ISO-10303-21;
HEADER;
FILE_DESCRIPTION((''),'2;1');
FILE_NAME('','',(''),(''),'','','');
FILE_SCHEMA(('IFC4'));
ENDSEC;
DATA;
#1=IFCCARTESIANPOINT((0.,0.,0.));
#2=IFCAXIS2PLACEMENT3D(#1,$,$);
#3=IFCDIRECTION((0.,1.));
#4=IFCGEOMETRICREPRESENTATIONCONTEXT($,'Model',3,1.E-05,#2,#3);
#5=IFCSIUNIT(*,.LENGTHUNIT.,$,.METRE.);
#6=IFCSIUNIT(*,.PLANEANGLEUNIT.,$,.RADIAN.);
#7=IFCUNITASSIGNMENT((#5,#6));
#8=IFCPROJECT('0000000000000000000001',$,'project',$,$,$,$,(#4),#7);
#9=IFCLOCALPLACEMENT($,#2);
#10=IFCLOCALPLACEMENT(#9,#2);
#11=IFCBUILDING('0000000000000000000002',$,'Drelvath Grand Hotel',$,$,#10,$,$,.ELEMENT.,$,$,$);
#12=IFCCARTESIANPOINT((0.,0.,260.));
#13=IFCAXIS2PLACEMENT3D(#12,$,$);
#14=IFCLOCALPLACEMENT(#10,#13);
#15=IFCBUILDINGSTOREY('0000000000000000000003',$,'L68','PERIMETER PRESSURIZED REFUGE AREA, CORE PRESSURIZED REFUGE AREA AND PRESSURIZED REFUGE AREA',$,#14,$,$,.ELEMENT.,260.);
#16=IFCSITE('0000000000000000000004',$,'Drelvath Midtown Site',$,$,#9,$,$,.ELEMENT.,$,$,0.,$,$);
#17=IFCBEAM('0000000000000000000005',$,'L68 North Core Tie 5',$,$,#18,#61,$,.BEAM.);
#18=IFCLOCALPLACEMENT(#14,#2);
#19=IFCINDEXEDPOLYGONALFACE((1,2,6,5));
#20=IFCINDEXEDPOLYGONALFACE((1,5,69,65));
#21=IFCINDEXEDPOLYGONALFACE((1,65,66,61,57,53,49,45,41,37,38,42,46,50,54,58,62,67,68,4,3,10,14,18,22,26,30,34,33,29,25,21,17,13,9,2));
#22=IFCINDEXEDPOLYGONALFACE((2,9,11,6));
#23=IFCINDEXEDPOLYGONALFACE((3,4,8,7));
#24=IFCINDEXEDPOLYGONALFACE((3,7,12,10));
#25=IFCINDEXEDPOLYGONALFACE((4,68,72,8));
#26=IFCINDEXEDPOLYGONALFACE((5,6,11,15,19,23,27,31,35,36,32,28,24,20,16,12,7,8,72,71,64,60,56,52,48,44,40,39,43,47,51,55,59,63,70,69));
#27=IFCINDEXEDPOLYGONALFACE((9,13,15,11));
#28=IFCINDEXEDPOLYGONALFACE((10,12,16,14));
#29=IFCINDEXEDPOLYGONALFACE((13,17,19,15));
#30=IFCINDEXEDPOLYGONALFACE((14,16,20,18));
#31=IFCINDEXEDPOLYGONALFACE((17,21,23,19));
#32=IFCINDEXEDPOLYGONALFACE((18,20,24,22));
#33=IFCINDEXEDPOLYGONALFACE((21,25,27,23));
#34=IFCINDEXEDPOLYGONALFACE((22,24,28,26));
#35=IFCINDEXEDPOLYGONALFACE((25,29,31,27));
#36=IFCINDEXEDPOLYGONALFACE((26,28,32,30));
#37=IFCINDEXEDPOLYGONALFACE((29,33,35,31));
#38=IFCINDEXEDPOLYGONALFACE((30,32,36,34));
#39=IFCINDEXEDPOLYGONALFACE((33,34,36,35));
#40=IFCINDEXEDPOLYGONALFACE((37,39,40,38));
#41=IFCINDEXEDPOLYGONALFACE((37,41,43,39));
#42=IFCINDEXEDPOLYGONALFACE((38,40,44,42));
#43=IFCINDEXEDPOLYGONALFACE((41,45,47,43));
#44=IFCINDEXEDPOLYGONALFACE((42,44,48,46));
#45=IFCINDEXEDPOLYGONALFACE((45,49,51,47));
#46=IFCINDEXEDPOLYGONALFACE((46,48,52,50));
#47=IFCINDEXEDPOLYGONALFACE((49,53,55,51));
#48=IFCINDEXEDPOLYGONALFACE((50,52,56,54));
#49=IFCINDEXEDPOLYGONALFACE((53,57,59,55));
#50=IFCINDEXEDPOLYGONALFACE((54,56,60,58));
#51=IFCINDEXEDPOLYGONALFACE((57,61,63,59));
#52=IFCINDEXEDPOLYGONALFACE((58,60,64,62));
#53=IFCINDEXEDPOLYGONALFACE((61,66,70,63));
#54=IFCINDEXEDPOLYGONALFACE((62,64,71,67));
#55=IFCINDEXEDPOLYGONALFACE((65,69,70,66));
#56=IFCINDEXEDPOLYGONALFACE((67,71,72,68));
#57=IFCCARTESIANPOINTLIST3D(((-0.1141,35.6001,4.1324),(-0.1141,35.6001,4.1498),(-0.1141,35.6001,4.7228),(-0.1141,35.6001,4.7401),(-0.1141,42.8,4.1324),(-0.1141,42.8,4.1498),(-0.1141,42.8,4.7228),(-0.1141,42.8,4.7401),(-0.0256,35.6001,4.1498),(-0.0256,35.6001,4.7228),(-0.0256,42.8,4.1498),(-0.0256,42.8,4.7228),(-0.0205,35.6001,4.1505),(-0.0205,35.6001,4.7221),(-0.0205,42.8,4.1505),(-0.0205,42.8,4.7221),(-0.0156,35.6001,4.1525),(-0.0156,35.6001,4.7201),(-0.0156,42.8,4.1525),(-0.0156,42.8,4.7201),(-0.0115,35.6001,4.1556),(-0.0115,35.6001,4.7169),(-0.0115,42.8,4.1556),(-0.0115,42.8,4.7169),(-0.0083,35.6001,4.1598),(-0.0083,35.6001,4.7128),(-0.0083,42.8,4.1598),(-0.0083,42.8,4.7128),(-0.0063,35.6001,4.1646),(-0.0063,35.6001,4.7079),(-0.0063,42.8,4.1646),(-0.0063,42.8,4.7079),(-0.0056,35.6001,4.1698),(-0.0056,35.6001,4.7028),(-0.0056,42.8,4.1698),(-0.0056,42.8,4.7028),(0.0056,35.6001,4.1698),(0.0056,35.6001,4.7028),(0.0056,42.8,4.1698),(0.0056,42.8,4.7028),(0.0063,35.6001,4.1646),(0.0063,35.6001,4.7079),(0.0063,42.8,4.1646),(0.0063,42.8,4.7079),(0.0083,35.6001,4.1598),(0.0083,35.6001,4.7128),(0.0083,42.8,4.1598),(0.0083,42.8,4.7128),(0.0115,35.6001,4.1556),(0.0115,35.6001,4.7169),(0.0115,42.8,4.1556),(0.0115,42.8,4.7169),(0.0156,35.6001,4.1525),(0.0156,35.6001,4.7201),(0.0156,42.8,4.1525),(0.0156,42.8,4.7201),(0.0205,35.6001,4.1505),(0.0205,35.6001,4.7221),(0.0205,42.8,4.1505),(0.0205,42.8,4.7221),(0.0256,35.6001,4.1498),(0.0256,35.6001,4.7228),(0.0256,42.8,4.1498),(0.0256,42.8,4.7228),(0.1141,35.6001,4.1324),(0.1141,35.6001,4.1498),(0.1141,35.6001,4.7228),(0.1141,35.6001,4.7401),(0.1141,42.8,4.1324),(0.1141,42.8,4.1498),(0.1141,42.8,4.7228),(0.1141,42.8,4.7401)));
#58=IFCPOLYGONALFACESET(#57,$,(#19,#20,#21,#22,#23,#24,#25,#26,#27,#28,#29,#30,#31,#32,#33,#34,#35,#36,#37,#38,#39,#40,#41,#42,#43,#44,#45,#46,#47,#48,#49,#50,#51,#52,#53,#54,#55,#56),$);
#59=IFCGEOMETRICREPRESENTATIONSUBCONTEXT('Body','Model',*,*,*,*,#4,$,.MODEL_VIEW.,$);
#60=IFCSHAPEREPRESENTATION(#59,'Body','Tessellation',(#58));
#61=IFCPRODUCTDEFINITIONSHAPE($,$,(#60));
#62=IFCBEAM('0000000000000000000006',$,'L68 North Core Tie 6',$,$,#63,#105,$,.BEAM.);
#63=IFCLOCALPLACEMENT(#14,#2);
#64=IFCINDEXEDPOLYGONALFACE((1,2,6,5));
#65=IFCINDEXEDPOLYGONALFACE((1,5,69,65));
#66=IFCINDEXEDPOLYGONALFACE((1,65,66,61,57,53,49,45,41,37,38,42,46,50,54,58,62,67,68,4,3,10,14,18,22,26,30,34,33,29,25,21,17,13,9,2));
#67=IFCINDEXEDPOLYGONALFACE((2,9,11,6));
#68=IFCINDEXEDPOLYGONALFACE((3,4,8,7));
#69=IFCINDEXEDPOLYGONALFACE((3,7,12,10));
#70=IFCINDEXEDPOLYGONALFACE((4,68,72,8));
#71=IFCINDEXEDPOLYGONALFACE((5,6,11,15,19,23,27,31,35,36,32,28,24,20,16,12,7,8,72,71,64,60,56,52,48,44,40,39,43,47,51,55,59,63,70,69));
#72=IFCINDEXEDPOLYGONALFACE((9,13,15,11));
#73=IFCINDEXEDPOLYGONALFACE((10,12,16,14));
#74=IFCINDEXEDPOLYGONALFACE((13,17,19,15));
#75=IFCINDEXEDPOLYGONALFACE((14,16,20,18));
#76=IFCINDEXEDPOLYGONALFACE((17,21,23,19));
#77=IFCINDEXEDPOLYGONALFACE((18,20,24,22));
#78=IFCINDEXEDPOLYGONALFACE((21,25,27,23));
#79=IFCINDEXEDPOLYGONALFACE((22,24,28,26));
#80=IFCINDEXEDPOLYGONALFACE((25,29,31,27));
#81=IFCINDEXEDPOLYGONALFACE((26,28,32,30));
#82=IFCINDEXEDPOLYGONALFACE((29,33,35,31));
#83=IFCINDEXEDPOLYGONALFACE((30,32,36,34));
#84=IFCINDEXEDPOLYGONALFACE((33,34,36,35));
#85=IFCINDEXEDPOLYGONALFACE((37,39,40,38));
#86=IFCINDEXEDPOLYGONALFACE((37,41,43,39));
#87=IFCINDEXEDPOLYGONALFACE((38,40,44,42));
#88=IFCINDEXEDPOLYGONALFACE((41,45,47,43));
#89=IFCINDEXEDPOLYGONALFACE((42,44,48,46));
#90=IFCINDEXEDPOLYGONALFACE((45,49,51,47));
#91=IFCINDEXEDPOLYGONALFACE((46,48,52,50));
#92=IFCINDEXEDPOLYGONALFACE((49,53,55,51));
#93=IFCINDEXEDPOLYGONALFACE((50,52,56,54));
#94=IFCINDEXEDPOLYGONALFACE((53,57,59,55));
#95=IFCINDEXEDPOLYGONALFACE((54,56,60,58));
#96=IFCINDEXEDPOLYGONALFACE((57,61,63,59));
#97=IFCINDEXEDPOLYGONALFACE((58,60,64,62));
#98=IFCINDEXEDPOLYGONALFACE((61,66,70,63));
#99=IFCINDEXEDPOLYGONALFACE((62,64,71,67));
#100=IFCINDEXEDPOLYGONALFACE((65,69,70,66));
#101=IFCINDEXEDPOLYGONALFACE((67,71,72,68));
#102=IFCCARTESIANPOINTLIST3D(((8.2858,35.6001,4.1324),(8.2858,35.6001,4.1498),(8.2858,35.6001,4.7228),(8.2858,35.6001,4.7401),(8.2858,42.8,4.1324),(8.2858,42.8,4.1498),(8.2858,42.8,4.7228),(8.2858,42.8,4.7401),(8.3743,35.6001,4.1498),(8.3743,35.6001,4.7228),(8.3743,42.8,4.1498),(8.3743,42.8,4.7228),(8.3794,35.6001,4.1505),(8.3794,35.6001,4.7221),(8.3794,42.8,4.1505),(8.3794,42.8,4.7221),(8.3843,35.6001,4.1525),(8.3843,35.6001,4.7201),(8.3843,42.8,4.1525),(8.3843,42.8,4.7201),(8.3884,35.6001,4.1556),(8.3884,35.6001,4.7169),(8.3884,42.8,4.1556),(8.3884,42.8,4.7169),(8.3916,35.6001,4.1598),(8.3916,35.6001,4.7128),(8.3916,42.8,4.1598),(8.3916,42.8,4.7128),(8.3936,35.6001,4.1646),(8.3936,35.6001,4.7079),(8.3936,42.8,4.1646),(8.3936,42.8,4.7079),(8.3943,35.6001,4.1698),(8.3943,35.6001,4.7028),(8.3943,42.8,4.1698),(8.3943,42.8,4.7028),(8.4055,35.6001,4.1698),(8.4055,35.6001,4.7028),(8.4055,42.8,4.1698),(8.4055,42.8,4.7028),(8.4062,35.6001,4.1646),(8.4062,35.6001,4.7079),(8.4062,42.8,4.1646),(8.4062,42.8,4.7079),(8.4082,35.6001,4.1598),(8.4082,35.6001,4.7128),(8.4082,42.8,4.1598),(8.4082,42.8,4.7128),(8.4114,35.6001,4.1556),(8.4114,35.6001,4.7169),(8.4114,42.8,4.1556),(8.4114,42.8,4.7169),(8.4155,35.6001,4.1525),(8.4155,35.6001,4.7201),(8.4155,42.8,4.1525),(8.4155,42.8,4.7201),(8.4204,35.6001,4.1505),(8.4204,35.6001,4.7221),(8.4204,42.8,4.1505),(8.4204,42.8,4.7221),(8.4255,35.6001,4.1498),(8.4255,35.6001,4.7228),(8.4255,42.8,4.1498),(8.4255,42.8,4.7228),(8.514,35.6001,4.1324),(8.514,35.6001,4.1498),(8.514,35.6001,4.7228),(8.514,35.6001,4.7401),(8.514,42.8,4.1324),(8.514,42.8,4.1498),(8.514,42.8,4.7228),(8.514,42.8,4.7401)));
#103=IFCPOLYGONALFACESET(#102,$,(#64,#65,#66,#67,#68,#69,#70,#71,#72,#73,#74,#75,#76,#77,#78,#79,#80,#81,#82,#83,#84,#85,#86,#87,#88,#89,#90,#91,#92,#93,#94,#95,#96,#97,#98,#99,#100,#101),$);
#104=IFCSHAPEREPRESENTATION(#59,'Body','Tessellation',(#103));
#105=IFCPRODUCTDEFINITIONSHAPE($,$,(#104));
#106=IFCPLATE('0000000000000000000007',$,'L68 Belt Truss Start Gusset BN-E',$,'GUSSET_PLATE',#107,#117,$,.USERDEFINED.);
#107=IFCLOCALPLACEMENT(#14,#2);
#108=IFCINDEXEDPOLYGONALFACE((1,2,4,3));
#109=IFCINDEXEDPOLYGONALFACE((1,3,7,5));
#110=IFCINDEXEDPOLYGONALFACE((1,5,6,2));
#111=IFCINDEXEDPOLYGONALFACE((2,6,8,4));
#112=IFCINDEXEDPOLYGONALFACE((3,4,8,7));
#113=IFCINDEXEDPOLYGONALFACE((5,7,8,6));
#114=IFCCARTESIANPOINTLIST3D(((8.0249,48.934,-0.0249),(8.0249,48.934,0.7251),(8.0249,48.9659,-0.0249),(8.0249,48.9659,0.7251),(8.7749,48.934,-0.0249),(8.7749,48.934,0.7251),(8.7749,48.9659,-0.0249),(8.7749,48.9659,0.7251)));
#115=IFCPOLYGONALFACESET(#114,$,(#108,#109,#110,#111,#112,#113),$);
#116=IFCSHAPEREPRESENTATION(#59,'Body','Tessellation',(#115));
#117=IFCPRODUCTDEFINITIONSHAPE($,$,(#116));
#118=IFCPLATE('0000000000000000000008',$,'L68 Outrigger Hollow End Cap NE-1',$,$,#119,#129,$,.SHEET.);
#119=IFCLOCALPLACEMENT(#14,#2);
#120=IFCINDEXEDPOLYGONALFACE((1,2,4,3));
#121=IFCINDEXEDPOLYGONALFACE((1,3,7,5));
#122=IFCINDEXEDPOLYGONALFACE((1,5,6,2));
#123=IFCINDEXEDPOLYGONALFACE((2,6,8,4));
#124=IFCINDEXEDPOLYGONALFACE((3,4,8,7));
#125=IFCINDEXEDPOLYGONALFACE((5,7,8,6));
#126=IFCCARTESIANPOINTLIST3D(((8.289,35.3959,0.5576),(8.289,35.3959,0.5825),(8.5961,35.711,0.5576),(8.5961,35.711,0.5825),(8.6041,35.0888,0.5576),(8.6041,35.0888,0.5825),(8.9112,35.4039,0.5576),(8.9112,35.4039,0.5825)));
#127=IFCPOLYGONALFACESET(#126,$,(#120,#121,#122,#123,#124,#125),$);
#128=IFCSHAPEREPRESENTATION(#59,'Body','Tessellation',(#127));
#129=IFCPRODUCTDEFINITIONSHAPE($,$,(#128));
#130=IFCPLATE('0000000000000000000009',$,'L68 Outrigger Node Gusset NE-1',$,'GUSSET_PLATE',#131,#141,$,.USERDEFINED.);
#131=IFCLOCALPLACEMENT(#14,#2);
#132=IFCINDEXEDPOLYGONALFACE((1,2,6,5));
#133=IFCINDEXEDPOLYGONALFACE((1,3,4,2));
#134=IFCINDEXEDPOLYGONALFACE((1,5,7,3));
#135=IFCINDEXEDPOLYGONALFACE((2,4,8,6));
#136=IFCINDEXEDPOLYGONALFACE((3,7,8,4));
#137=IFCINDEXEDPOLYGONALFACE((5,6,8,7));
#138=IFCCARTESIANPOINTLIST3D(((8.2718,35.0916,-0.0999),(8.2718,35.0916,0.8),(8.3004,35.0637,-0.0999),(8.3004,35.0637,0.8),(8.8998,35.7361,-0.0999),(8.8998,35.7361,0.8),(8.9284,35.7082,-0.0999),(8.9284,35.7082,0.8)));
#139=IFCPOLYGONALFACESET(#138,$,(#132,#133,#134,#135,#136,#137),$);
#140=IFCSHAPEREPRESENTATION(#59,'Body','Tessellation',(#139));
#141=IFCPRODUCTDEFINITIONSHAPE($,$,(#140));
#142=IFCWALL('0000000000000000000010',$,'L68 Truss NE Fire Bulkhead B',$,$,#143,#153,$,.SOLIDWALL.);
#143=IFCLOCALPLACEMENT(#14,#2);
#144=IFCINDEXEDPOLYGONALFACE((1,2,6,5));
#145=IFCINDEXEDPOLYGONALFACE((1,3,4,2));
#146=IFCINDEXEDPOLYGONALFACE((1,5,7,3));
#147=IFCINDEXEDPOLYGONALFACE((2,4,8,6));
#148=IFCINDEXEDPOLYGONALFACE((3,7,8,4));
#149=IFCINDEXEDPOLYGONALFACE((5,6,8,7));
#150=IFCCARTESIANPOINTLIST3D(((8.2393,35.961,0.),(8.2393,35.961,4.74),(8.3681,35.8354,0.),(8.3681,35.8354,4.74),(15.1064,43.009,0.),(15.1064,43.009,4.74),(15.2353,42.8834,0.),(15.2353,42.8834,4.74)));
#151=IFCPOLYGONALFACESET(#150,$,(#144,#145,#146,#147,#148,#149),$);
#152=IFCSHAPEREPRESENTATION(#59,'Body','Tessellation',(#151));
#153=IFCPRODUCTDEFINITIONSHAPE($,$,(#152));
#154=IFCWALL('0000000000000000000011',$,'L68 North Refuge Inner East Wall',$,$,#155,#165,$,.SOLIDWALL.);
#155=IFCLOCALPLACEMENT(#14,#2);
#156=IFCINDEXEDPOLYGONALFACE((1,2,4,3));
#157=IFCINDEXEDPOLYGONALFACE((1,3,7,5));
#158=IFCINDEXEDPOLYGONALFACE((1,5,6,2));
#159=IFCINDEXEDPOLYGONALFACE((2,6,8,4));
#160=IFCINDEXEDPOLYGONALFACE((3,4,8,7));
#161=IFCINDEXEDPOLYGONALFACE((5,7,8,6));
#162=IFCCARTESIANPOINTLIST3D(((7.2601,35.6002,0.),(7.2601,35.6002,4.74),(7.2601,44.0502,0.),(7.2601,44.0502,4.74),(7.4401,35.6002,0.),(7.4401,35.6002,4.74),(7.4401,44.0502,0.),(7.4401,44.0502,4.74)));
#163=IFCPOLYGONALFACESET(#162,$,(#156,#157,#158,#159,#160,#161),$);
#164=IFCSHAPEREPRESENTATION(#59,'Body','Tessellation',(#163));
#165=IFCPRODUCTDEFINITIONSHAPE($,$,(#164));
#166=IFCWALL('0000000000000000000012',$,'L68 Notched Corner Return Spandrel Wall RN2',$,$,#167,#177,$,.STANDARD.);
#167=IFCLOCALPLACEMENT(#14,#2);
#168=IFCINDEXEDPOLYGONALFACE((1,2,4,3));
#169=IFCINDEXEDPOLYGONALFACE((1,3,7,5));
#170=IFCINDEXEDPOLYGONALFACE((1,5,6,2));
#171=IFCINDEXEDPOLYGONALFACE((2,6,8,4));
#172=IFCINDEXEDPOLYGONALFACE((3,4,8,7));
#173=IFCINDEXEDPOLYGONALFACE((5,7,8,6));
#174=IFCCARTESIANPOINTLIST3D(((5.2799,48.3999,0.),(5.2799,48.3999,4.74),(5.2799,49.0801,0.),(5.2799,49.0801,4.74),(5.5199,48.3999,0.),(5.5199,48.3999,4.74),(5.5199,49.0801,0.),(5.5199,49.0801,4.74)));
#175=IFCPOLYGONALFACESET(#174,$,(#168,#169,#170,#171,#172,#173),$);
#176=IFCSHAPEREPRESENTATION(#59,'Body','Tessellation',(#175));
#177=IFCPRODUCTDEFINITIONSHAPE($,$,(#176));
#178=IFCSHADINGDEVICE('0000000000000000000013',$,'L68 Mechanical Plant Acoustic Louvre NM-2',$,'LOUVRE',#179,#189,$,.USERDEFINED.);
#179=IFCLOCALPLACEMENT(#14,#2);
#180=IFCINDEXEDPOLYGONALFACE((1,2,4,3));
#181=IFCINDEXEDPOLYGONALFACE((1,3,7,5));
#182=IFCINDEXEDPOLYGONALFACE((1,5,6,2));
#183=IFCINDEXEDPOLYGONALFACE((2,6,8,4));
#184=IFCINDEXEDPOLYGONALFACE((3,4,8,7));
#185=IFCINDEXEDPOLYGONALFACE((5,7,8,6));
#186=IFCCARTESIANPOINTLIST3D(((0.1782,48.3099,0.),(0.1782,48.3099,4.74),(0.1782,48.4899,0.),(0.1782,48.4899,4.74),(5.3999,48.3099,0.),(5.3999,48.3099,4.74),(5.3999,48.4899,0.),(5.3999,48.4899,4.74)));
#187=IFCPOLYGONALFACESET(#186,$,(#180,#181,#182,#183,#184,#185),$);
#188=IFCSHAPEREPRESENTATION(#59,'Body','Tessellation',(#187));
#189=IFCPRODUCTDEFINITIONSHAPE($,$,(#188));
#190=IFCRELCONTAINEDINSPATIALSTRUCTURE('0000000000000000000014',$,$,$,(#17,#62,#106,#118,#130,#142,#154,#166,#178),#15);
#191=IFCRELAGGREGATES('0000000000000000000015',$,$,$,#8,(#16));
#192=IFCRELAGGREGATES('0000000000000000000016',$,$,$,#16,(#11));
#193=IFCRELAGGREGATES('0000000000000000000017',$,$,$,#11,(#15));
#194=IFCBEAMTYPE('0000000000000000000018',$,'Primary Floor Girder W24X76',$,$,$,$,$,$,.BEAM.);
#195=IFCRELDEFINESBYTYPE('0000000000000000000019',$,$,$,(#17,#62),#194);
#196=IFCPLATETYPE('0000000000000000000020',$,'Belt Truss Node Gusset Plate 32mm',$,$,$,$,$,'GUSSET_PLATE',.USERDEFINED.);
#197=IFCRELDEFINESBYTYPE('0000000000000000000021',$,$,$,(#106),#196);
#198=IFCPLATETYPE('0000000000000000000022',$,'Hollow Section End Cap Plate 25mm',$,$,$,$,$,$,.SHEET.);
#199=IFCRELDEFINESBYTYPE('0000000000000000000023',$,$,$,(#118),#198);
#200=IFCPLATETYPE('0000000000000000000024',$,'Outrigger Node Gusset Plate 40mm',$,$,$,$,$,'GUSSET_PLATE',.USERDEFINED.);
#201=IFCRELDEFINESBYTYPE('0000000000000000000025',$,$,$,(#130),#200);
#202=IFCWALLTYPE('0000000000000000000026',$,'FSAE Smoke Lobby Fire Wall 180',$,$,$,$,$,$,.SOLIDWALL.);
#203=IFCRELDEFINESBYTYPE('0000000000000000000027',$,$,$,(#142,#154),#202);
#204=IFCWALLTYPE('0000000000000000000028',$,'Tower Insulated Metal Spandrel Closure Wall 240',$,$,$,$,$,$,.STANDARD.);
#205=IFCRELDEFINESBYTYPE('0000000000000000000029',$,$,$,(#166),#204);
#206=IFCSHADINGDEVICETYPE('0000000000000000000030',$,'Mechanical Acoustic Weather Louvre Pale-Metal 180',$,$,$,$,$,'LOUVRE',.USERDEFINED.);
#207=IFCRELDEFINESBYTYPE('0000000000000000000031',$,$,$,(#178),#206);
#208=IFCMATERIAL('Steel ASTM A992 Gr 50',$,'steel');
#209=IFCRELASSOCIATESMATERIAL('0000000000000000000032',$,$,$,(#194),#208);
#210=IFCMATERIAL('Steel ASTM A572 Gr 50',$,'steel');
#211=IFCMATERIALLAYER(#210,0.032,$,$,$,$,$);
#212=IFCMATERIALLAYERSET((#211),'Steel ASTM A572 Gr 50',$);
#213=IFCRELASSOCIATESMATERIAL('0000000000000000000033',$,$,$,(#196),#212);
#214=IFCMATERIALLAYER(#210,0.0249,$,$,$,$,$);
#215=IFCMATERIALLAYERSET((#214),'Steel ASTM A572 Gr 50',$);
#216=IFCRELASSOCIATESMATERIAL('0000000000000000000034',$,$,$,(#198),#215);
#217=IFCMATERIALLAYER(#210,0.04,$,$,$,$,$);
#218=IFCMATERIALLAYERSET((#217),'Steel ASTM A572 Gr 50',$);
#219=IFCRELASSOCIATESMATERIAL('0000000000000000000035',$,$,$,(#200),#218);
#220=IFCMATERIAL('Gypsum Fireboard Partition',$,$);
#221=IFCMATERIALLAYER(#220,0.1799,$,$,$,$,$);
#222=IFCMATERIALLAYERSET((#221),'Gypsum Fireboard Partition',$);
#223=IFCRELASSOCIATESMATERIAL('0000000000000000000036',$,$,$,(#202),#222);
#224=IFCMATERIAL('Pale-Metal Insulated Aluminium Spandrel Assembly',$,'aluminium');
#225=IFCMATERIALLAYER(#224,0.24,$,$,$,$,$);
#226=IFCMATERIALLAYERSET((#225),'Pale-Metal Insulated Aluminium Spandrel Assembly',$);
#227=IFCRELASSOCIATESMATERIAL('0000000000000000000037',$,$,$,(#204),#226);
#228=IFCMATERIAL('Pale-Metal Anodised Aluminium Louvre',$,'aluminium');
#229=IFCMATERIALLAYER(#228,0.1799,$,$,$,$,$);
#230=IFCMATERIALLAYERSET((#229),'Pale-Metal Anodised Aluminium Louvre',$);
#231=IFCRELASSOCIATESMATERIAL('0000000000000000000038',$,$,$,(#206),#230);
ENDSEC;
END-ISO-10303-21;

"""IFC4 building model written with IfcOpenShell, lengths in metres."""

from ifc_helpers import new_model, si_unit, direction, frame, frame_2d, origin, origin_2d, place, context, subcontext, project, spatial, rectangle, i_section, extrude, material, layer, layer_set, material_profile, profile_set, type_object, element, save


model = new_model("IFC4")

# Units and contexts
model_context = context("Model", 3, precision=1e-05, world=origin(), true_north=direction((0.0, 1.0)))
body_context = subcontext(model_context, "Body", "Model", "MODEL_VIEW")
ifc_project = project(units=[si_unit("LENGTHUNIT", "METRE"), si_unit("PLANEANGLEUNIT", "RADIAN")], contexts=[model_context])

# Site, building, storey
site_placement = place(None, origin())
site = spatial("IfcSite", under=ifc_project, at=site_placement, Name="Drelvath Midtown Site", CompositionType="ELEMENT", RefElevation=0.0)
building_placement = place(site_placement, origin())
building = spatial("IfcBuilding", under=site, at=building_placement, Name="Drelvath Grand Hotel", CompositionType="ELEMENT")
storey_placement = place(building_placement, frame((0.0, 0.0, 260.0)))
storey = spatial("IfcBuildingStorey", under=building, at=storey_placement, Name="L68", Description="PERIMETER PRESSURIZED REFUGE AREA, CORE PRESSURIZED REFUGE AREA AND PRESSURIZED REFUGE AREA", CompositionType="ELEMENT", Elevation=260.0)

# Beams
ifc_material_1 = material(Name="Steel ASTM A992 Gr 50", Category="steel")
ifc_material_profile_1 = material_profile(ifc_material_1, i_section(OverallWidth=0.2283, OverallDepth=0.6077, WebThickness=0.0112, FlangeThickness=0.0173, FilletRadius=0.02, at=origin_2d()), Name="W24X76")
ifc_profile_set_1 = profile_set([ifc_material_profile_1], Name="Steel ASTM A992 Gr 50")
beam_type_1 = type_object("IfcBeamType", Name="Primary Floor Girder W24X76", PredefinedType="BEAM", material=ifc_profile_set_1)
for number, where, z_axis, x_axis, name in (
    (1, (0.0, 35.6001, 4.4363), (0.0, 1.0, 0.0), (-1.0, 0.0, 0.0), "L68 North Core Tie 5"),
    (2, (8.3999, 35.6001, 4.4363), (0.0, 1.0, 0.0), (-1.0, 0.0, 0.0), "L68 North Core Tie 6"),
):
    element("IfcBeam", number, at=place(storey_placement, frame(where, z_axis=z_axis, x_axis=x_axis)), inside=storey, type_object=beam_type_1, Name=name, PredefinedType="BEAM", context=body_context, shape_type="SweptSolid", body=[
        extrude(i_section(OverallWidth=0.2283, OverallDepth=0.6077, WebThickness=0.0112, FlangeThickness=0.0173, FilletRadius=0.02, at=origin_2d()), origin(), (0.0, 0.0, 1.0), 7.2),
    ])

# Plates
ifc_material_2 = material(Name="Steel ASTM A572 Gr 50", Category="steel")
ifc_layer_1 = layer(ifc_material_2, 0.032)
ifc_layer_set_1 = layer_set([ifc_layer_1], Name="Steel ASTM A572 Gr 50")
plate_type_1 = type_object("IfcPlateType", Name="Belt Truss Node Gusset Plate 32mm", ElementType="GUSSET_PLATE", PredefinedType="USERDEFINED", material=ifc_layer_set_1)
plate_1_placement = place(storey_placement, frame((8.3999, 48.95, -0.0249), z_axis=(0.0, 0.0, 1.0), x_axis=(1.0, 0.0, 0.0)))
element("IfcPlate", 3, at=plate_1_placement, inside=storey, type_object=plate_type_1, Name="L68 Belt Truss Start Gusset BN-E", ObjectType="GUSSET_PLATE", PredefinedType="USERDEFINED", context=body_context, shape_type="SweptSolid", body=[
    extrude(rectangle(XDim=0.75, YDim=0.032, at=origin_2d()), origin(), (0.0, 0.0, 1.0), 0.75),
])
ifc_layer_2 = layer(ifc_material_2, 0.0249)
ifc_layer_set_2 = layer_set([ifc_layer_2], Name="Steel ASTM A572 Gr 50")
plate_type_2 = type_object("IfcPlateType", Name="Hollow Section End Cap Plate 25mm", PredefinedType="SHEET", material=ifc_layer_set_2)
plate_2_placement = place(storey_placement, frame((8.6001, 35.3999, 0.5576), z_axis=(0.0, 0.0, 1.0), x_axis=(0.697865, 0.71623, 0.0)))
element("IfcPlate", 4, at=plate_2_placement, inside=storey, type_object=plate_type_2, Name="L68 Outrigger Hollow End Cap NE-1", PredefinedType="SHEET", context=body_context, shape_type="SweptSolid", body=[
    extrude(rectangle(XDim=0.4399, YDim=0.4399, at=origin_2d()), origin(), (0.0, 0.0, 1.0), 0.0249),
])
ifc_layer_3 = layer(ifc_material_2, 0.04)
ifc_layer_set_3 = layer_set([ifc_layer_3], Name="Steel ASTM A572 Gr 50")
plate_type_3 = type_object("IfcPlateType", Name="Outrigger Node Gusset Plate 40mm", ElementType="GUSSET_PLATE", PredefinedType="USERDEFINED", material=ifc_layer_set_3)
plate_3_placement = place(storey_placement, frame((8.6001, 35.3999, -0.0999), z_axis=(0.0, 0.0, 1.0), x_axis=(0.697865, 0.71623, 0.0)))
element("IfcPlate", 5, at=plate_3_placement, inside=storey, type_object=plate_type_3, Name="L68 Outrigger Node Gusset NE-1", ObjectType="GUSSET_PLATE", PredefinedType="USERDEFINED", context=body_context, shape_type="SweptSolid", body=[
    extrude(rectangle(XDim=0.8999, YDim=0.04, at=origin_2d()), origin(), (0.0, 0.0, 1.0), 0.8999),
])

# Walls
ifc_material_3 = material(Name="Gypsum Fireboard Partition")
ifc_layer_4 = layer(ifc_material_3, 0.1799)
ifc_layer_set_4 = layer_set([ifc_layer_4], Name="Gypsum Fireboard Partition")
wall_type_1 = type_object("IfcWallType", Name="FSAE Smoke Lobby Fire Wall 180", PredefinedType="SOLIDWALL", material=ifc_layer_set_4)
wall_1_placement = place(storey_placement, frame((8.3037, 35.8982, 0.0), z_axis=(0.0, 0.0, 1.0), x_axis=(0.697855, 0.716239, 0.0)))
element("IfcWall", 6, at=wall_1_placement, inside=storey, type_object=wall_type_1, Name="L68 Truss NE Fire Bulkhead B", PredefinedType="SOLIDWALL", context=body_context, shape_type="SweptSolid", body=[
    extrude(rectangle(XDim=9.8403, YDim=0.1799, at=frame_2d((4.9202, 0.0))), origin(), (0.0, 0.0, 1.0), 4.74),
])
wall_2_placement = place(storey_placement, frame((7.3501, 35.6001, 0.0), z_axis=(0.0, 0.0, 1.0), x_axis=(0.0, 1.0, 0.0)))
element("IfcWall", 7, at=wall_2_placement, inside=storey, type_object=wall_type_1, Name="L68 North Refuge Inner East Wall", PredefinedType="SOLIDWALL", context=body_context, shape_type="SweptSolid", body=[
    extrude(rectangle(XDim=8.45, YDim=0.1799, at=frame_2d((4.2251, 0.0))), origin(), (0.0, 0.0, 1.0), 4.74),
])
ifc_material_4 = material(Name="Pale-Metal Insulated Aluminium Spandrel Assembly", Category="aluminium")
ifc_layer_5 = layer(ifc_material_4, 0.24)
ifc_layer_set_5 = layer_set([ifc_layer_5], Name="Pale-Metal Insulated Aluminium Spandrel Assembly")
wall_type_2 = type_object("IfcWallType", Name="Tower Insulated Metal Spandrel Closure Wall 240", PredefinedType="STANDARD", material=ifc_layer_set_5)
wall_3_placement = place(storey_placement, frame((5.3999, 48.3999, 0.0), z_axis=(0.0, 0.0, 1.0), x_axis=(0.0, 1.0, 0.0)))
element("IfcWall", 8, at=wall_3_placement, inside=storey, type_object=wall_type_2, Name="L68 Notched Corner Return Spandrel Wall RN2", PredefinedType="STANDARD", context=body_context, shape_type="SweptSolid", body=[
    extrude(rectangle(XDim=0.6802, YDim=0.24, at=frame_2d((0.3401, 0.0))), origin(), (0.0, 0.0, 1.0), 4.74),
])

# Shading device
ifc_material_5 = material(Name="Pale-Metal Anodised Aluminium Louvre", Category="aluminium")
ifc_layer_6 = layer(ifc_material_5, 0.1799)
ifc_layer_set_6 = layer_set([ifc_layer_6], Name="Pale-Metal Anodised Aluminium Louvre")
shading_device_type = type_object("IfcShadingDeviceType", Name="Mechanical Acoustic Weather Louvre Pale-Metal 180", ElementType="LOUVRE", PredefinedType="USERDEFINED", material=ifc_layer_set_6)
shading_device_1_placement = place(storey_placement, frame((2.7891, 48.3999, 0.0), z_axis=(0.0, 0.0, 1.0), x_axis=(1.0, 0.0, 0.0)))
element("IfcShadingDevice", 9, at=shading_device_1_placement, inside=storey, type_object=shading_device_type, Name="L68 Mechanical Plant Acoustic Louvre NM-2", ObjectType="LOUVRE", PredefinedType="USERDEFINED", context=body_context, shape_type="SweptSolid", body=[
    extrude(rectangle(XDim=5.2217, YDim=0.1799, at=origin_2d()), origin(), (0.0, 0.0, 1.0), 4.74),
])

save(model, "model.ifc")
